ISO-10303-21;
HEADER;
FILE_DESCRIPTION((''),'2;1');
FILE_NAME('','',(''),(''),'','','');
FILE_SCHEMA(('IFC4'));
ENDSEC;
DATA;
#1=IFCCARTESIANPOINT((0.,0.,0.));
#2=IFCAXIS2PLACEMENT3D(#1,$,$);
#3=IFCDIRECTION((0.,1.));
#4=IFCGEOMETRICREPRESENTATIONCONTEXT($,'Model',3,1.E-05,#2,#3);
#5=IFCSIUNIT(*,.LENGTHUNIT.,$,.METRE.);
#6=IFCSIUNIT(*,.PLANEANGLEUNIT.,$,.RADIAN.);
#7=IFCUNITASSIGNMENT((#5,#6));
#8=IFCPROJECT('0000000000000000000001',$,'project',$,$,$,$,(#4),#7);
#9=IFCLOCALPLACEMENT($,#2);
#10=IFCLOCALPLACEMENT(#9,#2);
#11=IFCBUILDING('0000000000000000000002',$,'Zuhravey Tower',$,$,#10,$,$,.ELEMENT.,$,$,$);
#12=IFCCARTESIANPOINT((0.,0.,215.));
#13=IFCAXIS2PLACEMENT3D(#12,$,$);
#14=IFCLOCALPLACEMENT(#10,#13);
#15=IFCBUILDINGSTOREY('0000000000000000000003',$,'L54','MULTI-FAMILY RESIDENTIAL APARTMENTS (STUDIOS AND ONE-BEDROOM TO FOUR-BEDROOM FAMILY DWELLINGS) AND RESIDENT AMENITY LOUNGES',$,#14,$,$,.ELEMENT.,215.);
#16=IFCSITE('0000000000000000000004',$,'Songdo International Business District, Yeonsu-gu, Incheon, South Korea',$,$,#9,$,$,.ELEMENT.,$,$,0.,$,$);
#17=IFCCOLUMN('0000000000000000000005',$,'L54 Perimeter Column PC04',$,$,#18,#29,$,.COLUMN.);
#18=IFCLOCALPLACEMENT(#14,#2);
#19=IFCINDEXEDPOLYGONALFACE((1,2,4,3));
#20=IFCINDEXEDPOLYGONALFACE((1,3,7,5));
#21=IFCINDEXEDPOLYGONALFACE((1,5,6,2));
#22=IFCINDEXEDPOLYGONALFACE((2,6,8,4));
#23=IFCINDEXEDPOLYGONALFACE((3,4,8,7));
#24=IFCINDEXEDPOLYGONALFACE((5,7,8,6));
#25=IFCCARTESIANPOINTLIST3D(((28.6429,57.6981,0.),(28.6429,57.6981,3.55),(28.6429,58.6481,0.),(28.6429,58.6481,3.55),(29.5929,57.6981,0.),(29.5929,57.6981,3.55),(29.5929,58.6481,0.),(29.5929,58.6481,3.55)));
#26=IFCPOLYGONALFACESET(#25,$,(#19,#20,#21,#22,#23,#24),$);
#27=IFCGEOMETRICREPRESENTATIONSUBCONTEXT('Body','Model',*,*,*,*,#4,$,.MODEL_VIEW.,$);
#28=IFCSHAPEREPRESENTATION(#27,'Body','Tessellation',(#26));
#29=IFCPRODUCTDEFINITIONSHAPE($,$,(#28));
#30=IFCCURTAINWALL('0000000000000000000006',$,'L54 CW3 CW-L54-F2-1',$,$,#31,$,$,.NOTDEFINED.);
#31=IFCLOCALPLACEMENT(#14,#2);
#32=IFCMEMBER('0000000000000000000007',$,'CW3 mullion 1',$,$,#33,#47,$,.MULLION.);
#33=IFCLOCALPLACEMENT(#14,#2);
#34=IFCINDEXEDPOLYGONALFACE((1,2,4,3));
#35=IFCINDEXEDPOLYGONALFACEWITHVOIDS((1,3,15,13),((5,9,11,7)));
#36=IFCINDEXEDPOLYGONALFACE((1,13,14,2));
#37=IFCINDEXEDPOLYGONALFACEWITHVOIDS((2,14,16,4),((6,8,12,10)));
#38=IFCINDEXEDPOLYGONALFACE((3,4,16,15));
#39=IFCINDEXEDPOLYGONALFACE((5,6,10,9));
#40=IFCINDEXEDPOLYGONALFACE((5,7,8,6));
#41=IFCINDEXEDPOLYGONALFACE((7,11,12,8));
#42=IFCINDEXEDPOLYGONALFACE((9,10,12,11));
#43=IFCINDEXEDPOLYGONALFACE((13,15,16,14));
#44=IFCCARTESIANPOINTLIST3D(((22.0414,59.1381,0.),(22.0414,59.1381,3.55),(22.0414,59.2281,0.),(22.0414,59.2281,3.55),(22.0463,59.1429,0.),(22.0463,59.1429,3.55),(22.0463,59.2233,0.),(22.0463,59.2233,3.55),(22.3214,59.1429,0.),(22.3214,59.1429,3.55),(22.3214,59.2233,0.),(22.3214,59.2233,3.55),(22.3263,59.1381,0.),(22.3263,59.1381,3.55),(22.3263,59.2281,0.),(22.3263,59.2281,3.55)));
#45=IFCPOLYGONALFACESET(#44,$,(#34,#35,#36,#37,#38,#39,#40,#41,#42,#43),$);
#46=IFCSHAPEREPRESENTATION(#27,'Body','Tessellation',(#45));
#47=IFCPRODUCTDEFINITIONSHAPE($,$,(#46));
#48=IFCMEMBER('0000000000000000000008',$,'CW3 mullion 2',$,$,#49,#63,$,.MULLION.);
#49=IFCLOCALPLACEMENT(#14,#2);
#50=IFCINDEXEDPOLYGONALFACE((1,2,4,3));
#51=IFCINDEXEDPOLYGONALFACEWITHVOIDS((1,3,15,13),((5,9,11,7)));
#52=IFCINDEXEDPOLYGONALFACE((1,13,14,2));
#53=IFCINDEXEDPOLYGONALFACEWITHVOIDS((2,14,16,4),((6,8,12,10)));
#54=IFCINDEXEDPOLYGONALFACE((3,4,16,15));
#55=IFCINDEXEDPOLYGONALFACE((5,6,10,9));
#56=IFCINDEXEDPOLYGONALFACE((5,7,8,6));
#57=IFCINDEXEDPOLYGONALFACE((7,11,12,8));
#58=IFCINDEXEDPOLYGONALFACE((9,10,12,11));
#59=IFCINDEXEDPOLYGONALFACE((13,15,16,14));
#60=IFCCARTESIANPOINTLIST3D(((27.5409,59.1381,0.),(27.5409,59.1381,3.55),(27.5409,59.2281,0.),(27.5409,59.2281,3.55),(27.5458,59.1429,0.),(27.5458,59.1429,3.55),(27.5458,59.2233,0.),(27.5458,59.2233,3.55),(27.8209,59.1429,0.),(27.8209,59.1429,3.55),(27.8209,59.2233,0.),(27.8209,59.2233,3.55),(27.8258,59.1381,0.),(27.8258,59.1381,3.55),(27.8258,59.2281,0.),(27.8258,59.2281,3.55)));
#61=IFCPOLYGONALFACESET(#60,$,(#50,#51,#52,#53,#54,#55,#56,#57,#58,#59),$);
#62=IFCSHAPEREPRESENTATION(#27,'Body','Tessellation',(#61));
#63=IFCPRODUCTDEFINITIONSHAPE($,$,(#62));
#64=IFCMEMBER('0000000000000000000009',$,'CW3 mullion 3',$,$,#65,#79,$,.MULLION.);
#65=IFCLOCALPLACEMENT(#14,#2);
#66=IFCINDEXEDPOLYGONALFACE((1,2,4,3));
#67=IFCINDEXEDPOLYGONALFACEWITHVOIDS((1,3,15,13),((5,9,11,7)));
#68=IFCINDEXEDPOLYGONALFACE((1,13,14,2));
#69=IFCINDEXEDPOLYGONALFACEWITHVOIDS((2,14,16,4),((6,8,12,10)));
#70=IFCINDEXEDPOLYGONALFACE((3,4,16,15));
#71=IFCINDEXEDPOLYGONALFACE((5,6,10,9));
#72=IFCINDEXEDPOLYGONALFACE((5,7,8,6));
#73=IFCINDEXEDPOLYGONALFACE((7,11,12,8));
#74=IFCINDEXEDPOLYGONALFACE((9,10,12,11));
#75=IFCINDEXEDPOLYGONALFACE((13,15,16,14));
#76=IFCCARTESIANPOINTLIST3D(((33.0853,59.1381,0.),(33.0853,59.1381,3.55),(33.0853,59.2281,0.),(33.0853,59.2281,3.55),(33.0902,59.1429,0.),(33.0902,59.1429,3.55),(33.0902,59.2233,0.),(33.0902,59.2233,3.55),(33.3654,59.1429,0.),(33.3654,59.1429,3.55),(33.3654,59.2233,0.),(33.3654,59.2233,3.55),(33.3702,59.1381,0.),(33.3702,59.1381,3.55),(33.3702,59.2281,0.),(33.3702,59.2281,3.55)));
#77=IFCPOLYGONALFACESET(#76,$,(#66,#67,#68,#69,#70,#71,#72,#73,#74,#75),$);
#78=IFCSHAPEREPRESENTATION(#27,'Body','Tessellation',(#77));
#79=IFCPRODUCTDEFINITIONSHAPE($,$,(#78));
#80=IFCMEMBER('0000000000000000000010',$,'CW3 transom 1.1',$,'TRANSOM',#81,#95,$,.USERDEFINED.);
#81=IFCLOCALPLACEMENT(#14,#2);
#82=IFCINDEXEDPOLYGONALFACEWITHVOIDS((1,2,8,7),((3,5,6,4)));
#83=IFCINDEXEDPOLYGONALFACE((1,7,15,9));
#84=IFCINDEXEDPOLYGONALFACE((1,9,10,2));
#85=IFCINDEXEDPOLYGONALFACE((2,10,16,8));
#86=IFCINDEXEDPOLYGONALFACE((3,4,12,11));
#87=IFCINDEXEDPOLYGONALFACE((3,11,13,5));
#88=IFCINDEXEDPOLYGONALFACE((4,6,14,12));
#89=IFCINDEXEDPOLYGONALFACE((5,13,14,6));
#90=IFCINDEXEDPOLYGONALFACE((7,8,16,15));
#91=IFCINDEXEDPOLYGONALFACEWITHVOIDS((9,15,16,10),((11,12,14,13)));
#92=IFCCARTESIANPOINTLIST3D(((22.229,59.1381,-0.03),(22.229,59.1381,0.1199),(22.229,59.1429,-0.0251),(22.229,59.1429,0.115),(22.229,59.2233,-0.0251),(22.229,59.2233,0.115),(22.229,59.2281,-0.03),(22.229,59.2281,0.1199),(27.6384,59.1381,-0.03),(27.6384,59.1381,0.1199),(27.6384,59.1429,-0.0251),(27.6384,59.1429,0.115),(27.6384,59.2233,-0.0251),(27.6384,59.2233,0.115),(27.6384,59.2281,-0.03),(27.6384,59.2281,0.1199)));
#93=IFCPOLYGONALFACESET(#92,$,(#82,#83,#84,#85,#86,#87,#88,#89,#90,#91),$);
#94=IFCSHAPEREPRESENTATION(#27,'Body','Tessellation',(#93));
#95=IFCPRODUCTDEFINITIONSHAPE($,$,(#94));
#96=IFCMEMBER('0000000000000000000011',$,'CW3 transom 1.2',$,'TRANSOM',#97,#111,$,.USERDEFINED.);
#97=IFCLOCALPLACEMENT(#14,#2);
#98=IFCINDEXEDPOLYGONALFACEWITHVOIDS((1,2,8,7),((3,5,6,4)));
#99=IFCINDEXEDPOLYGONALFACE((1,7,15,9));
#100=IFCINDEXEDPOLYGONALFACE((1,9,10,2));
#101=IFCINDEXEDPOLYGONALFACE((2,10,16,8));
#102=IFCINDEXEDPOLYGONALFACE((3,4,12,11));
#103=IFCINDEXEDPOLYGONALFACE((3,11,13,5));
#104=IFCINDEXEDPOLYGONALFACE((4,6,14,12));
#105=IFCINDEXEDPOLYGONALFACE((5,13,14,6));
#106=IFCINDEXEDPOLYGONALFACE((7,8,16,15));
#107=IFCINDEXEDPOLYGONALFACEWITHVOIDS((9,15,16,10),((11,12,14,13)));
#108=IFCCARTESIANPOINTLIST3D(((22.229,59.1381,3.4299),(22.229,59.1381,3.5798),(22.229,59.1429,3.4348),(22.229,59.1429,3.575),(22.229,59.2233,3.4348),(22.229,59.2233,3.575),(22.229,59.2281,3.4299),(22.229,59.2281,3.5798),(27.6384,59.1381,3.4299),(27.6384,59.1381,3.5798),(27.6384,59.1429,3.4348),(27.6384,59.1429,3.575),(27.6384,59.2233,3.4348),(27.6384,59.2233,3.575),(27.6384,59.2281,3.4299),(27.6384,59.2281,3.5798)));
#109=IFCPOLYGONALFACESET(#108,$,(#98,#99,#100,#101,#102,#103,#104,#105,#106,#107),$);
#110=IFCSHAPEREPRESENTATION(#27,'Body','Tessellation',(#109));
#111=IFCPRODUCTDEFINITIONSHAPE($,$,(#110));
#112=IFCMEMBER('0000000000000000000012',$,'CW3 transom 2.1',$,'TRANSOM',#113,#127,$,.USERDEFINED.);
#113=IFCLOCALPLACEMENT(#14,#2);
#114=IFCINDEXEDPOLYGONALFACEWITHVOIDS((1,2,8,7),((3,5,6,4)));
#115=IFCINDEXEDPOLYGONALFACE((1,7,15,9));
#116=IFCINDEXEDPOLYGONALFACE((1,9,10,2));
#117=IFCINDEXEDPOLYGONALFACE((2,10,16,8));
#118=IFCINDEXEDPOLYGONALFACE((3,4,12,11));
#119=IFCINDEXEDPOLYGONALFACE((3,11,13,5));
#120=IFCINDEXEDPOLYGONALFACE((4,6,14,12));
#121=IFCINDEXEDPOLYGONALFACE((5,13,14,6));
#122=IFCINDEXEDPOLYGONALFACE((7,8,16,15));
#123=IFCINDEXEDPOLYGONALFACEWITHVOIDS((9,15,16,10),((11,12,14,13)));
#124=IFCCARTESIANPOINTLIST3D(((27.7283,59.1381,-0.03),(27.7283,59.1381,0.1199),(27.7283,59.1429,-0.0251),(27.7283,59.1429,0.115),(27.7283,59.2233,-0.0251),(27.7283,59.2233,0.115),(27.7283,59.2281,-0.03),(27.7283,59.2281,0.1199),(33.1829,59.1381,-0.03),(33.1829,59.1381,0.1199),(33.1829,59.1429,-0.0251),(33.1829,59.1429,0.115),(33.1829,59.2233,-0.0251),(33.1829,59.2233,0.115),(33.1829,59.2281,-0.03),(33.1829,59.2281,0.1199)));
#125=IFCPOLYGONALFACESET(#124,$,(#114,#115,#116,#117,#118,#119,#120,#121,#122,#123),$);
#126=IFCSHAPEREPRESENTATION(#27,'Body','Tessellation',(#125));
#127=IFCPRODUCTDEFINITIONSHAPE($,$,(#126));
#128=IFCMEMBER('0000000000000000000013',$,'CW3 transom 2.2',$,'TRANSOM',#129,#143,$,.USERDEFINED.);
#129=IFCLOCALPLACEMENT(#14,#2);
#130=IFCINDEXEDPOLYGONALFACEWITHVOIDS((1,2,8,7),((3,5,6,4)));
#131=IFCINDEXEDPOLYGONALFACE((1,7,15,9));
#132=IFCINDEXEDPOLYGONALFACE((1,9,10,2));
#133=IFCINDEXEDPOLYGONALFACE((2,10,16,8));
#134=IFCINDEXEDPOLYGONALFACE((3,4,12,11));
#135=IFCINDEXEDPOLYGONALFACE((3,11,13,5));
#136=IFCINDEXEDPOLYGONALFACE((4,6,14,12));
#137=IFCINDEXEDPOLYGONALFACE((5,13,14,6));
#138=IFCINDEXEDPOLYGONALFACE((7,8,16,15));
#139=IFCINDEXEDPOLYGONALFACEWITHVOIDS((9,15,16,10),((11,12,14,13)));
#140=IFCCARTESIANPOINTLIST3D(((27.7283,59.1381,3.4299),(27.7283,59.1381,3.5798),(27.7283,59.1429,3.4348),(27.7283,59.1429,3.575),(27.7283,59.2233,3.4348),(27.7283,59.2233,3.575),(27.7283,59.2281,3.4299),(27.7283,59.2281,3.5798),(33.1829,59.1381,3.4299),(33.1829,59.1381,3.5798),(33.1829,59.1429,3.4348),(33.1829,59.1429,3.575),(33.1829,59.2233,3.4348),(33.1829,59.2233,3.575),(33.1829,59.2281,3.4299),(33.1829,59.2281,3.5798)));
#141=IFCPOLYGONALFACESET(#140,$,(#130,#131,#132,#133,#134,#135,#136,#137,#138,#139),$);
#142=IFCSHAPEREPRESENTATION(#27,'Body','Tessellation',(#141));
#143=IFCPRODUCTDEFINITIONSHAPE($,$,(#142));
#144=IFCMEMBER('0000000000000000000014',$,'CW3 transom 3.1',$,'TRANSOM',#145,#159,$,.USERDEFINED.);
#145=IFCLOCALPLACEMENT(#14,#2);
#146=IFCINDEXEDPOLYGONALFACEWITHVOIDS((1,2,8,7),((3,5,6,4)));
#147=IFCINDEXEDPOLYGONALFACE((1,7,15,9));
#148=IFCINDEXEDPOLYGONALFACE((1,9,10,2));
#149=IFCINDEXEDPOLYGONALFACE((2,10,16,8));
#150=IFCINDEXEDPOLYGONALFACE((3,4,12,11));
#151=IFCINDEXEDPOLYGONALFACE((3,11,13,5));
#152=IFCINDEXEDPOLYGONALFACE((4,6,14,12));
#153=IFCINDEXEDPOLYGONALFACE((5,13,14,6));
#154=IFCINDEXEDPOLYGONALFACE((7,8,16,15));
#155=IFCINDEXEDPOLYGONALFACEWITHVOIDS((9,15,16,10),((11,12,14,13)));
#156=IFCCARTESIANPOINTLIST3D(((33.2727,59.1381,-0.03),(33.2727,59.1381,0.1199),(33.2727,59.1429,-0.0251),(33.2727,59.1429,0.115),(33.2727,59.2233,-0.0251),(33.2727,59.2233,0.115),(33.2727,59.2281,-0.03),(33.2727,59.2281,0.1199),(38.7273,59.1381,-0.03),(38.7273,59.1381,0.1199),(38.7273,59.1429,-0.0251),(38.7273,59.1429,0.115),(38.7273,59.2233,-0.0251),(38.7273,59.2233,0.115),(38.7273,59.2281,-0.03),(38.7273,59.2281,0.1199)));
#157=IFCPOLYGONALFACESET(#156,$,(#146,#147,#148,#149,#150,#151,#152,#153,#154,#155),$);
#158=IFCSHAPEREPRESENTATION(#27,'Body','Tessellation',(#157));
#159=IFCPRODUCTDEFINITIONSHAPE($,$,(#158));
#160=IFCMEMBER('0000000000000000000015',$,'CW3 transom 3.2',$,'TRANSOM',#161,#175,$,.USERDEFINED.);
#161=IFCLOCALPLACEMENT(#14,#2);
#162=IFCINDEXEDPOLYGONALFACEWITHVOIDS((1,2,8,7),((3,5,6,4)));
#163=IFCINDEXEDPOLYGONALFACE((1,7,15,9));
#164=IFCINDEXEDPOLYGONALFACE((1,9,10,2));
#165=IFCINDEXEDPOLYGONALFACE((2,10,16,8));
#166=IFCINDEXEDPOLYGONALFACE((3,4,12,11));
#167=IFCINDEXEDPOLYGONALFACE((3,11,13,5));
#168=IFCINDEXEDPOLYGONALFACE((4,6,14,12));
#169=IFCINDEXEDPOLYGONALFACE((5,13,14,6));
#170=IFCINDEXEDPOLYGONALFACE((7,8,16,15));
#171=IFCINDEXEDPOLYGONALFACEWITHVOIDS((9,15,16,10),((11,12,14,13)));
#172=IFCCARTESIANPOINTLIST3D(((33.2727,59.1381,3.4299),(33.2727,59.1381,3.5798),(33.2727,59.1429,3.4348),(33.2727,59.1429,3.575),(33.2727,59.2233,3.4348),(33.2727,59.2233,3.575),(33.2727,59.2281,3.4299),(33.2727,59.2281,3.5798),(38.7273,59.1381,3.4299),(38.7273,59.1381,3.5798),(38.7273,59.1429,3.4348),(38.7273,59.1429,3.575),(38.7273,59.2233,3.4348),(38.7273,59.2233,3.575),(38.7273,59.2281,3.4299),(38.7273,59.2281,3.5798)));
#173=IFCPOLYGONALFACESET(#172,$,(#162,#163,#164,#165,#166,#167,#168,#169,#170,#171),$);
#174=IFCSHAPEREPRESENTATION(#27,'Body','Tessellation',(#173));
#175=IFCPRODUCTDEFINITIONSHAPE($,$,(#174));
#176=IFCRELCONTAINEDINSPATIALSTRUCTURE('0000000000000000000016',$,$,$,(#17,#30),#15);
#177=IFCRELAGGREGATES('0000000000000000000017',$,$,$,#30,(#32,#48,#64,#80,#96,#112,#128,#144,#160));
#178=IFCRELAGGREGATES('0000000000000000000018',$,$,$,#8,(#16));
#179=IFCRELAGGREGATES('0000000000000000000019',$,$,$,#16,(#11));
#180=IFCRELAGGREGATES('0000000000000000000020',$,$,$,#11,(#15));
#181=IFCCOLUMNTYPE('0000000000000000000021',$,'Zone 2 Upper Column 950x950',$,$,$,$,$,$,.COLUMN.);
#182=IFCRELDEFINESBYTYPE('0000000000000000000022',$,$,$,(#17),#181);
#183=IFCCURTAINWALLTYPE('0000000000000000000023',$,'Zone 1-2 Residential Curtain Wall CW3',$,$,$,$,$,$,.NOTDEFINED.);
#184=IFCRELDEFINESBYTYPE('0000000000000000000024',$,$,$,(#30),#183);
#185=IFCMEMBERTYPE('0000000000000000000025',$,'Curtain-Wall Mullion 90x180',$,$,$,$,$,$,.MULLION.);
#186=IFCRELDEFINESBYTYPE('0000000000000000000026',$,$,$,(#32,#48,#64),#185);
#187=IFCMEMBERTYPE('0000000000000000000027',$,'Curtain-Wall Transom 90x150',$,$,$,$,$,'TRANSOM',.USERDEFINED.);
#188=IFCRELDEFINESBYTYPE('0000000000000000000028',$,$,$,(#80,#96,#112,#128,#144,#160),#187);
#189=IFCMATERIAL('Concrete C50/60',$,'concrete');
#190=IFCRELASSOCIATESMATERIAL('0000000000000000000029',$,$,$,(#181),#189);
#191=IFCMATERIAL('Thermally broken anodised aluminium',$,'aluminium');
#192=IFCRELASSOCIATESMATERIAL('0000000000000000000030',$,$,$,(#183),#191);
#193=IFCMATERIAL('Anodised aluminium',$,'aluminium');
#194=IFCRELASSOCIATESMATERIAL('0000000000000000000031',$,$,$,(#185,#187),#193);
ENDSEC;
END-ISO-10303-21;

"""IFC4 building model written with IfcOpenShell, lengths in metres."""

from ifc_helpers import new_model, si_unit, direction, frame, origin, origin_2d, place, context, subcontext, project, spatial, rectangle, hollow_rectangle, extrude, material, material_profile, profile_set, type_object, element, aggregate, save


model = new_model("IFC4")

# Units and contexts
model_context = context("Model", 3, precision=1e-05, world=origin(), true_north=direction((0.0, 1.0)))
body_context = subcontext(model_context, "Body", "Model", "MODEL_VIEW")
ifc_project = project(units=[si_unit("LENGTHUNIT", "METRE"), si_unit("PLANEANGLEUNIT", "RADIAN")], contexts=[model_context])

# Site, building, storey
site_placement = place(None, origin())
site = spatial("IfcSite", under=ifc_project, at=site_placement, Name="Songdo International Business District, Yeonsu-gu, Incheon, South Korea", CompositionType="ELEMENT", RefElevation=0.0)
building_placement = place(site_placement, origin())
building = spatial("IfcBuilding", under=site, at=building_placement, Name="Zuhravey Tower", CompositionType="ELEMENT")
storey_placement = place(building_placement, frame((0.0, 0.0, 215.0)))
storey = spatial("IfcBuildingStorey", under=building, at=storey_placement, Name="L54", Description="MULTI-FAMILY RESIDENTIAL APARTMENTS (STUDIOS AND ONE-BEDROOM TO FOUR-BEDROOM FAMILY DWELLINGS) AND RESIDENT AMENITY LOUNGES", CompositionType="ELEMENT", Elevation=215.0)

# Column
ifc_material_1 = material(Name="Concrete C50/60", Category="concrete")
ifc_material_profile_1 = material_profile(ifc_material_1, rectangle(XDim=0.95, YDim=0.95, at=origin_2d()), Name="RC-950x950")
ifc_profile_set_1 = profile_set([ifc_material_profile_1], Name="Concrete C50/60")
column_type = type_object("IfcColumnType", Name="Zone 2 Upper Column 950x950", PredefinedType="COLUMN", material=ifc_profile_set_1)
column_placement = place(storey_placement, frame((29.1179, 58.1731, 0.0), z_axis=(0.0, 0.0, 1.0), x_axis=(-1.0, 0.0, 0.0)))
element("IfcColumn", 1, at=column_placement, inside=storey, type_object=column_type, Name="L54 Perimeter Column PC04", PredefinedType="COLUMN", context=body_context, shape_type="SweptSolid", body=[
    extrude(rectangle(XDim=0.95, YDim=0.95, at=origin_2d()), origin(), (0.0, 0.0, 1.0), 3.55),
])

# Curtain wall, members
ifc_material_2 = material(Name="Thermally broken anodised aluminium", Category="aluminium")
curtain_wall_type = type_object("IfcCurtainWallType", Name="Zone 1-2 Residential Curtain Wall CW3", PredefinedType="NOTDEFINED", material=ifc_material_2)
curtain_wall_placement = place(storey_placement, origin())
curtain_wall = element("IfcCurtainWall", 2, at=curtain_wall_placement, inside=storey, type_object=curtain_wall_type, Name="L54 CW3 CW-L54-F2-1", PredefinedType="NOTDEFINED")
ifc_material_3 = material(Name="Anodised aluminium", Category="aluminium")
ifc_material_profile_2 = material_profile(ifc_material_3, hollow_rectangle(XDim=0.0901, YDim=0.2849, WallThickness=0.0049, at=origin_2d()), Name="ALU-RHS-90x285x5")
ifc_profile_set_2 = profile_set([ifc_material_profile_2], Name="Anodised aluminium")
member_type_1 = type_object("IfcMemberType", Name="Curtain-Wall Mullion 90x180", PredefinedType="MULLION", material=ifc_profile_set_2)
member_1_placement = place(storey_placement, frame((22.1838, 59.1831, 0.0), z_axis=(0.0, 0.0, 1.0), x_axis=(0.0, 1.0, 0.0)))
member_1 = element("IfcMember", 3, at=member_1_placement, type_object=member_type_1, Name="CW3 mullion 1", PredefinedType="MULLION", context=body_context, shape_type="SweptSolid", body=[
    extrude(hollow_rectangle(XDim=0.0901, YDim=0.2849, WallThickness=0.0049, at=origin_2d()), origin(), (0.0, 0.0, 1.0), 3.55),
])
member_2_placement = place(storey_placement, frame((27.6833, 59.1831, 0.0), z_axis=(0.0, 0.0, 1.0), x_axis=(0.0, 1.0, 0.0)))
member_2 = element("IfcMember", 4, at=member_2_placement, type_object=member_type_1, Name="CW3 mullion 2", PredefinedType="MULLION", context=body_context, shape_type="SweptSolid", body=[
    extrude(hollow_rectangle(XDim=0.0901, YDim=0.2849, WallThickness=0.0049, at=origin_2d()), origin(), (0.0, 0.0, 1.0), 3.55),
])
member_3_placement = place(storey_placement, frame((33.2278, 59.1831, 0.0), z_axis=(0.0, 0.0, 1.0), x_axis=(0.0, 1.0, 0.0)))
member_3 = element("IfcMember", 5, at=member_3_placement, type_object=member_type_1, Name="CW3 mullion 3", PredefinedType="MULLION", context=body_context, shape_type="SweptSolid", body=[
    extrude(hollow_rectangle(XDim=0.0901, YDim=0.2849, WallThickness=0.0049, at=origin_2d()), origin(), (0.0, 0.0, 1.0), 3.55),
])
ifc_material_profile_3 = material_profile(ifc_material_3, hollow_rectangle(XDim=0.0901, YDim=0.1499, WallThickness=0.0049, at=origin_2d()), Name="ALU-RHS-90x150x5")
ifc_profile_set_3 = profile_set([ifc_material_profile_3], Name="Anodised aluminium")
member_type_2 = type_object("IfcMemberType", Name="Curtain-Wall Transom 90x150", ElementType="TRANSOM", PredefinedType="USERDEFINED", material=ifc_profile_set_3)
member_4_placement = place(storey_placement, frame((22.229, 59.1831, 0.0449), z_axis=(1.0, 0.0, 0.0), x_axis=(0.0, 1.0, 0.0)))
member_4 = element("IfcMember", 6, at=member_4_placement, type_object=member_type_2, Name="CW3 transom 1.1", ObjectType="TRANSOM", PredefinedType="USERDEFINED", context=body_context, shape_type="SweptSolid", body=[
    extrude(hollow_rectangle(XDim=0.0901, YDim=0.1499, WallThickness=0.0049, at=origin_2d()), origin(), (0.0, 0.0, 1.0), 5.4094),
])
member_5_placement = place(storey_placement, frame((22.229, 59.1831, 3.5049), z_axis=(1.0, 0.0, 0.0), x_axis=(0.0, 1.0, 0.0)))
member_5 = element("IfcMember", 7, at=member_5_placement, type_object=member_type_2, Name="CW3 transom 1.2", ObjectType="TRANSOM", PredefinedType="USERDEFINED", context=body_context, shape_type="SweptSolid", body=[
    extrude(hollow_rectangle(XDim=0.0901, YDim=0.1499, WallThickness=0.0049, at=origin_2d()), origin(), (0.0, 0.0, 1.0), 5.4094),
])
member_6_placement = place(storey_placement, frame((27.7283, 59.1831, 0.0449), z_axis=(1.0, 0.0, 0.0), x_axis=(0.0, 1.0, 0.0)))
member_6 = element("IfcMember", 8, at=member_6_placement, type_object=member_type_2, Name="CW3 transom 2.1", ObjectType="TRANSOM", PredefinedType="USERDEFINED", context=body_context, shape_type="SweptSolid", body=[
    extrude(hollow_rectangle(XDim=0.0901, YDim=0.1499, WallThickness=0.0049, at=origin_2d()), origin(), (0.0, 0.0, 1.0), 5.4546),
])
member_7_placement = place(storey_placement, frame((27.7283, 59.1831, 3.5049), z_axis=(1.0, 0.0, 0.0), x_axis=(0.0, 1.0, 0.0)))
member_7 = element("IfcMember", 9, at=member_7_placement, type_object=member_type_2, Name="CW3 transom 2.2", ObjectType="TRANSOM", PredefinedType="USERDEFINED", context=body_context, shape_type="SweptSolid", body=[
    extrude(hollow_rectangle(XDim=0.0901, YDim=0.1499, WallThickness=0.0049, at=origin_2d()), origin(), (0.0, 0.0, 1.0), 5.4546),
])
member_8_placement = place(storey_placement, frame((33.2727, 59.1831, 0.0449), z_axis=(1.0, 0.0, 0.0), x_axis=(0.0, 1.0, 0.0)))
member_8 = element("IfcMember", 10, at=member_8_placement, type_object=member_type_2, Name="CW3 transom 3.1", ObjectType="TRANSOM", PredefinedType="USERDEFINED", context=body_context, shape_type="SweptSolid", body=[
    extrude(hollow_rectangle(XDim=0.0901, YDim=0.1499, WallThickness=0.0049, at=origin_2d()), origin(), (0.0, 0.0, 1.0), 5.4546),
])
member_9_placement = place(storey_placement, frame((33.2727, 59.1831, 3.5049), z_axis=(1.0, 0.0, 0.0), x_axis=(0.0, 1.0, 0.0)))
member_9 = element("IfcMember", 11, at=member_9_placement, type_object=member_type_2, Name="CW3 transom 3.2", ObjectType="TRANSOM", PredefinedType="USERDEFINED", context=body_context, shape_type="SweptSolid", body=[
    extrude(hollow_rectangle(XDim=0.0901, YDim=0.1499, WallThickness=0.0049, at=origin_2d()), origin(), (0.0, 0.0, 1.0), 5.4546),
])

aggregate(curtain_wall, [member_1, member_2, member_3, member_4, member_5, member_6, member_7, member_8, member_9])

save(model, "model.ifc")
